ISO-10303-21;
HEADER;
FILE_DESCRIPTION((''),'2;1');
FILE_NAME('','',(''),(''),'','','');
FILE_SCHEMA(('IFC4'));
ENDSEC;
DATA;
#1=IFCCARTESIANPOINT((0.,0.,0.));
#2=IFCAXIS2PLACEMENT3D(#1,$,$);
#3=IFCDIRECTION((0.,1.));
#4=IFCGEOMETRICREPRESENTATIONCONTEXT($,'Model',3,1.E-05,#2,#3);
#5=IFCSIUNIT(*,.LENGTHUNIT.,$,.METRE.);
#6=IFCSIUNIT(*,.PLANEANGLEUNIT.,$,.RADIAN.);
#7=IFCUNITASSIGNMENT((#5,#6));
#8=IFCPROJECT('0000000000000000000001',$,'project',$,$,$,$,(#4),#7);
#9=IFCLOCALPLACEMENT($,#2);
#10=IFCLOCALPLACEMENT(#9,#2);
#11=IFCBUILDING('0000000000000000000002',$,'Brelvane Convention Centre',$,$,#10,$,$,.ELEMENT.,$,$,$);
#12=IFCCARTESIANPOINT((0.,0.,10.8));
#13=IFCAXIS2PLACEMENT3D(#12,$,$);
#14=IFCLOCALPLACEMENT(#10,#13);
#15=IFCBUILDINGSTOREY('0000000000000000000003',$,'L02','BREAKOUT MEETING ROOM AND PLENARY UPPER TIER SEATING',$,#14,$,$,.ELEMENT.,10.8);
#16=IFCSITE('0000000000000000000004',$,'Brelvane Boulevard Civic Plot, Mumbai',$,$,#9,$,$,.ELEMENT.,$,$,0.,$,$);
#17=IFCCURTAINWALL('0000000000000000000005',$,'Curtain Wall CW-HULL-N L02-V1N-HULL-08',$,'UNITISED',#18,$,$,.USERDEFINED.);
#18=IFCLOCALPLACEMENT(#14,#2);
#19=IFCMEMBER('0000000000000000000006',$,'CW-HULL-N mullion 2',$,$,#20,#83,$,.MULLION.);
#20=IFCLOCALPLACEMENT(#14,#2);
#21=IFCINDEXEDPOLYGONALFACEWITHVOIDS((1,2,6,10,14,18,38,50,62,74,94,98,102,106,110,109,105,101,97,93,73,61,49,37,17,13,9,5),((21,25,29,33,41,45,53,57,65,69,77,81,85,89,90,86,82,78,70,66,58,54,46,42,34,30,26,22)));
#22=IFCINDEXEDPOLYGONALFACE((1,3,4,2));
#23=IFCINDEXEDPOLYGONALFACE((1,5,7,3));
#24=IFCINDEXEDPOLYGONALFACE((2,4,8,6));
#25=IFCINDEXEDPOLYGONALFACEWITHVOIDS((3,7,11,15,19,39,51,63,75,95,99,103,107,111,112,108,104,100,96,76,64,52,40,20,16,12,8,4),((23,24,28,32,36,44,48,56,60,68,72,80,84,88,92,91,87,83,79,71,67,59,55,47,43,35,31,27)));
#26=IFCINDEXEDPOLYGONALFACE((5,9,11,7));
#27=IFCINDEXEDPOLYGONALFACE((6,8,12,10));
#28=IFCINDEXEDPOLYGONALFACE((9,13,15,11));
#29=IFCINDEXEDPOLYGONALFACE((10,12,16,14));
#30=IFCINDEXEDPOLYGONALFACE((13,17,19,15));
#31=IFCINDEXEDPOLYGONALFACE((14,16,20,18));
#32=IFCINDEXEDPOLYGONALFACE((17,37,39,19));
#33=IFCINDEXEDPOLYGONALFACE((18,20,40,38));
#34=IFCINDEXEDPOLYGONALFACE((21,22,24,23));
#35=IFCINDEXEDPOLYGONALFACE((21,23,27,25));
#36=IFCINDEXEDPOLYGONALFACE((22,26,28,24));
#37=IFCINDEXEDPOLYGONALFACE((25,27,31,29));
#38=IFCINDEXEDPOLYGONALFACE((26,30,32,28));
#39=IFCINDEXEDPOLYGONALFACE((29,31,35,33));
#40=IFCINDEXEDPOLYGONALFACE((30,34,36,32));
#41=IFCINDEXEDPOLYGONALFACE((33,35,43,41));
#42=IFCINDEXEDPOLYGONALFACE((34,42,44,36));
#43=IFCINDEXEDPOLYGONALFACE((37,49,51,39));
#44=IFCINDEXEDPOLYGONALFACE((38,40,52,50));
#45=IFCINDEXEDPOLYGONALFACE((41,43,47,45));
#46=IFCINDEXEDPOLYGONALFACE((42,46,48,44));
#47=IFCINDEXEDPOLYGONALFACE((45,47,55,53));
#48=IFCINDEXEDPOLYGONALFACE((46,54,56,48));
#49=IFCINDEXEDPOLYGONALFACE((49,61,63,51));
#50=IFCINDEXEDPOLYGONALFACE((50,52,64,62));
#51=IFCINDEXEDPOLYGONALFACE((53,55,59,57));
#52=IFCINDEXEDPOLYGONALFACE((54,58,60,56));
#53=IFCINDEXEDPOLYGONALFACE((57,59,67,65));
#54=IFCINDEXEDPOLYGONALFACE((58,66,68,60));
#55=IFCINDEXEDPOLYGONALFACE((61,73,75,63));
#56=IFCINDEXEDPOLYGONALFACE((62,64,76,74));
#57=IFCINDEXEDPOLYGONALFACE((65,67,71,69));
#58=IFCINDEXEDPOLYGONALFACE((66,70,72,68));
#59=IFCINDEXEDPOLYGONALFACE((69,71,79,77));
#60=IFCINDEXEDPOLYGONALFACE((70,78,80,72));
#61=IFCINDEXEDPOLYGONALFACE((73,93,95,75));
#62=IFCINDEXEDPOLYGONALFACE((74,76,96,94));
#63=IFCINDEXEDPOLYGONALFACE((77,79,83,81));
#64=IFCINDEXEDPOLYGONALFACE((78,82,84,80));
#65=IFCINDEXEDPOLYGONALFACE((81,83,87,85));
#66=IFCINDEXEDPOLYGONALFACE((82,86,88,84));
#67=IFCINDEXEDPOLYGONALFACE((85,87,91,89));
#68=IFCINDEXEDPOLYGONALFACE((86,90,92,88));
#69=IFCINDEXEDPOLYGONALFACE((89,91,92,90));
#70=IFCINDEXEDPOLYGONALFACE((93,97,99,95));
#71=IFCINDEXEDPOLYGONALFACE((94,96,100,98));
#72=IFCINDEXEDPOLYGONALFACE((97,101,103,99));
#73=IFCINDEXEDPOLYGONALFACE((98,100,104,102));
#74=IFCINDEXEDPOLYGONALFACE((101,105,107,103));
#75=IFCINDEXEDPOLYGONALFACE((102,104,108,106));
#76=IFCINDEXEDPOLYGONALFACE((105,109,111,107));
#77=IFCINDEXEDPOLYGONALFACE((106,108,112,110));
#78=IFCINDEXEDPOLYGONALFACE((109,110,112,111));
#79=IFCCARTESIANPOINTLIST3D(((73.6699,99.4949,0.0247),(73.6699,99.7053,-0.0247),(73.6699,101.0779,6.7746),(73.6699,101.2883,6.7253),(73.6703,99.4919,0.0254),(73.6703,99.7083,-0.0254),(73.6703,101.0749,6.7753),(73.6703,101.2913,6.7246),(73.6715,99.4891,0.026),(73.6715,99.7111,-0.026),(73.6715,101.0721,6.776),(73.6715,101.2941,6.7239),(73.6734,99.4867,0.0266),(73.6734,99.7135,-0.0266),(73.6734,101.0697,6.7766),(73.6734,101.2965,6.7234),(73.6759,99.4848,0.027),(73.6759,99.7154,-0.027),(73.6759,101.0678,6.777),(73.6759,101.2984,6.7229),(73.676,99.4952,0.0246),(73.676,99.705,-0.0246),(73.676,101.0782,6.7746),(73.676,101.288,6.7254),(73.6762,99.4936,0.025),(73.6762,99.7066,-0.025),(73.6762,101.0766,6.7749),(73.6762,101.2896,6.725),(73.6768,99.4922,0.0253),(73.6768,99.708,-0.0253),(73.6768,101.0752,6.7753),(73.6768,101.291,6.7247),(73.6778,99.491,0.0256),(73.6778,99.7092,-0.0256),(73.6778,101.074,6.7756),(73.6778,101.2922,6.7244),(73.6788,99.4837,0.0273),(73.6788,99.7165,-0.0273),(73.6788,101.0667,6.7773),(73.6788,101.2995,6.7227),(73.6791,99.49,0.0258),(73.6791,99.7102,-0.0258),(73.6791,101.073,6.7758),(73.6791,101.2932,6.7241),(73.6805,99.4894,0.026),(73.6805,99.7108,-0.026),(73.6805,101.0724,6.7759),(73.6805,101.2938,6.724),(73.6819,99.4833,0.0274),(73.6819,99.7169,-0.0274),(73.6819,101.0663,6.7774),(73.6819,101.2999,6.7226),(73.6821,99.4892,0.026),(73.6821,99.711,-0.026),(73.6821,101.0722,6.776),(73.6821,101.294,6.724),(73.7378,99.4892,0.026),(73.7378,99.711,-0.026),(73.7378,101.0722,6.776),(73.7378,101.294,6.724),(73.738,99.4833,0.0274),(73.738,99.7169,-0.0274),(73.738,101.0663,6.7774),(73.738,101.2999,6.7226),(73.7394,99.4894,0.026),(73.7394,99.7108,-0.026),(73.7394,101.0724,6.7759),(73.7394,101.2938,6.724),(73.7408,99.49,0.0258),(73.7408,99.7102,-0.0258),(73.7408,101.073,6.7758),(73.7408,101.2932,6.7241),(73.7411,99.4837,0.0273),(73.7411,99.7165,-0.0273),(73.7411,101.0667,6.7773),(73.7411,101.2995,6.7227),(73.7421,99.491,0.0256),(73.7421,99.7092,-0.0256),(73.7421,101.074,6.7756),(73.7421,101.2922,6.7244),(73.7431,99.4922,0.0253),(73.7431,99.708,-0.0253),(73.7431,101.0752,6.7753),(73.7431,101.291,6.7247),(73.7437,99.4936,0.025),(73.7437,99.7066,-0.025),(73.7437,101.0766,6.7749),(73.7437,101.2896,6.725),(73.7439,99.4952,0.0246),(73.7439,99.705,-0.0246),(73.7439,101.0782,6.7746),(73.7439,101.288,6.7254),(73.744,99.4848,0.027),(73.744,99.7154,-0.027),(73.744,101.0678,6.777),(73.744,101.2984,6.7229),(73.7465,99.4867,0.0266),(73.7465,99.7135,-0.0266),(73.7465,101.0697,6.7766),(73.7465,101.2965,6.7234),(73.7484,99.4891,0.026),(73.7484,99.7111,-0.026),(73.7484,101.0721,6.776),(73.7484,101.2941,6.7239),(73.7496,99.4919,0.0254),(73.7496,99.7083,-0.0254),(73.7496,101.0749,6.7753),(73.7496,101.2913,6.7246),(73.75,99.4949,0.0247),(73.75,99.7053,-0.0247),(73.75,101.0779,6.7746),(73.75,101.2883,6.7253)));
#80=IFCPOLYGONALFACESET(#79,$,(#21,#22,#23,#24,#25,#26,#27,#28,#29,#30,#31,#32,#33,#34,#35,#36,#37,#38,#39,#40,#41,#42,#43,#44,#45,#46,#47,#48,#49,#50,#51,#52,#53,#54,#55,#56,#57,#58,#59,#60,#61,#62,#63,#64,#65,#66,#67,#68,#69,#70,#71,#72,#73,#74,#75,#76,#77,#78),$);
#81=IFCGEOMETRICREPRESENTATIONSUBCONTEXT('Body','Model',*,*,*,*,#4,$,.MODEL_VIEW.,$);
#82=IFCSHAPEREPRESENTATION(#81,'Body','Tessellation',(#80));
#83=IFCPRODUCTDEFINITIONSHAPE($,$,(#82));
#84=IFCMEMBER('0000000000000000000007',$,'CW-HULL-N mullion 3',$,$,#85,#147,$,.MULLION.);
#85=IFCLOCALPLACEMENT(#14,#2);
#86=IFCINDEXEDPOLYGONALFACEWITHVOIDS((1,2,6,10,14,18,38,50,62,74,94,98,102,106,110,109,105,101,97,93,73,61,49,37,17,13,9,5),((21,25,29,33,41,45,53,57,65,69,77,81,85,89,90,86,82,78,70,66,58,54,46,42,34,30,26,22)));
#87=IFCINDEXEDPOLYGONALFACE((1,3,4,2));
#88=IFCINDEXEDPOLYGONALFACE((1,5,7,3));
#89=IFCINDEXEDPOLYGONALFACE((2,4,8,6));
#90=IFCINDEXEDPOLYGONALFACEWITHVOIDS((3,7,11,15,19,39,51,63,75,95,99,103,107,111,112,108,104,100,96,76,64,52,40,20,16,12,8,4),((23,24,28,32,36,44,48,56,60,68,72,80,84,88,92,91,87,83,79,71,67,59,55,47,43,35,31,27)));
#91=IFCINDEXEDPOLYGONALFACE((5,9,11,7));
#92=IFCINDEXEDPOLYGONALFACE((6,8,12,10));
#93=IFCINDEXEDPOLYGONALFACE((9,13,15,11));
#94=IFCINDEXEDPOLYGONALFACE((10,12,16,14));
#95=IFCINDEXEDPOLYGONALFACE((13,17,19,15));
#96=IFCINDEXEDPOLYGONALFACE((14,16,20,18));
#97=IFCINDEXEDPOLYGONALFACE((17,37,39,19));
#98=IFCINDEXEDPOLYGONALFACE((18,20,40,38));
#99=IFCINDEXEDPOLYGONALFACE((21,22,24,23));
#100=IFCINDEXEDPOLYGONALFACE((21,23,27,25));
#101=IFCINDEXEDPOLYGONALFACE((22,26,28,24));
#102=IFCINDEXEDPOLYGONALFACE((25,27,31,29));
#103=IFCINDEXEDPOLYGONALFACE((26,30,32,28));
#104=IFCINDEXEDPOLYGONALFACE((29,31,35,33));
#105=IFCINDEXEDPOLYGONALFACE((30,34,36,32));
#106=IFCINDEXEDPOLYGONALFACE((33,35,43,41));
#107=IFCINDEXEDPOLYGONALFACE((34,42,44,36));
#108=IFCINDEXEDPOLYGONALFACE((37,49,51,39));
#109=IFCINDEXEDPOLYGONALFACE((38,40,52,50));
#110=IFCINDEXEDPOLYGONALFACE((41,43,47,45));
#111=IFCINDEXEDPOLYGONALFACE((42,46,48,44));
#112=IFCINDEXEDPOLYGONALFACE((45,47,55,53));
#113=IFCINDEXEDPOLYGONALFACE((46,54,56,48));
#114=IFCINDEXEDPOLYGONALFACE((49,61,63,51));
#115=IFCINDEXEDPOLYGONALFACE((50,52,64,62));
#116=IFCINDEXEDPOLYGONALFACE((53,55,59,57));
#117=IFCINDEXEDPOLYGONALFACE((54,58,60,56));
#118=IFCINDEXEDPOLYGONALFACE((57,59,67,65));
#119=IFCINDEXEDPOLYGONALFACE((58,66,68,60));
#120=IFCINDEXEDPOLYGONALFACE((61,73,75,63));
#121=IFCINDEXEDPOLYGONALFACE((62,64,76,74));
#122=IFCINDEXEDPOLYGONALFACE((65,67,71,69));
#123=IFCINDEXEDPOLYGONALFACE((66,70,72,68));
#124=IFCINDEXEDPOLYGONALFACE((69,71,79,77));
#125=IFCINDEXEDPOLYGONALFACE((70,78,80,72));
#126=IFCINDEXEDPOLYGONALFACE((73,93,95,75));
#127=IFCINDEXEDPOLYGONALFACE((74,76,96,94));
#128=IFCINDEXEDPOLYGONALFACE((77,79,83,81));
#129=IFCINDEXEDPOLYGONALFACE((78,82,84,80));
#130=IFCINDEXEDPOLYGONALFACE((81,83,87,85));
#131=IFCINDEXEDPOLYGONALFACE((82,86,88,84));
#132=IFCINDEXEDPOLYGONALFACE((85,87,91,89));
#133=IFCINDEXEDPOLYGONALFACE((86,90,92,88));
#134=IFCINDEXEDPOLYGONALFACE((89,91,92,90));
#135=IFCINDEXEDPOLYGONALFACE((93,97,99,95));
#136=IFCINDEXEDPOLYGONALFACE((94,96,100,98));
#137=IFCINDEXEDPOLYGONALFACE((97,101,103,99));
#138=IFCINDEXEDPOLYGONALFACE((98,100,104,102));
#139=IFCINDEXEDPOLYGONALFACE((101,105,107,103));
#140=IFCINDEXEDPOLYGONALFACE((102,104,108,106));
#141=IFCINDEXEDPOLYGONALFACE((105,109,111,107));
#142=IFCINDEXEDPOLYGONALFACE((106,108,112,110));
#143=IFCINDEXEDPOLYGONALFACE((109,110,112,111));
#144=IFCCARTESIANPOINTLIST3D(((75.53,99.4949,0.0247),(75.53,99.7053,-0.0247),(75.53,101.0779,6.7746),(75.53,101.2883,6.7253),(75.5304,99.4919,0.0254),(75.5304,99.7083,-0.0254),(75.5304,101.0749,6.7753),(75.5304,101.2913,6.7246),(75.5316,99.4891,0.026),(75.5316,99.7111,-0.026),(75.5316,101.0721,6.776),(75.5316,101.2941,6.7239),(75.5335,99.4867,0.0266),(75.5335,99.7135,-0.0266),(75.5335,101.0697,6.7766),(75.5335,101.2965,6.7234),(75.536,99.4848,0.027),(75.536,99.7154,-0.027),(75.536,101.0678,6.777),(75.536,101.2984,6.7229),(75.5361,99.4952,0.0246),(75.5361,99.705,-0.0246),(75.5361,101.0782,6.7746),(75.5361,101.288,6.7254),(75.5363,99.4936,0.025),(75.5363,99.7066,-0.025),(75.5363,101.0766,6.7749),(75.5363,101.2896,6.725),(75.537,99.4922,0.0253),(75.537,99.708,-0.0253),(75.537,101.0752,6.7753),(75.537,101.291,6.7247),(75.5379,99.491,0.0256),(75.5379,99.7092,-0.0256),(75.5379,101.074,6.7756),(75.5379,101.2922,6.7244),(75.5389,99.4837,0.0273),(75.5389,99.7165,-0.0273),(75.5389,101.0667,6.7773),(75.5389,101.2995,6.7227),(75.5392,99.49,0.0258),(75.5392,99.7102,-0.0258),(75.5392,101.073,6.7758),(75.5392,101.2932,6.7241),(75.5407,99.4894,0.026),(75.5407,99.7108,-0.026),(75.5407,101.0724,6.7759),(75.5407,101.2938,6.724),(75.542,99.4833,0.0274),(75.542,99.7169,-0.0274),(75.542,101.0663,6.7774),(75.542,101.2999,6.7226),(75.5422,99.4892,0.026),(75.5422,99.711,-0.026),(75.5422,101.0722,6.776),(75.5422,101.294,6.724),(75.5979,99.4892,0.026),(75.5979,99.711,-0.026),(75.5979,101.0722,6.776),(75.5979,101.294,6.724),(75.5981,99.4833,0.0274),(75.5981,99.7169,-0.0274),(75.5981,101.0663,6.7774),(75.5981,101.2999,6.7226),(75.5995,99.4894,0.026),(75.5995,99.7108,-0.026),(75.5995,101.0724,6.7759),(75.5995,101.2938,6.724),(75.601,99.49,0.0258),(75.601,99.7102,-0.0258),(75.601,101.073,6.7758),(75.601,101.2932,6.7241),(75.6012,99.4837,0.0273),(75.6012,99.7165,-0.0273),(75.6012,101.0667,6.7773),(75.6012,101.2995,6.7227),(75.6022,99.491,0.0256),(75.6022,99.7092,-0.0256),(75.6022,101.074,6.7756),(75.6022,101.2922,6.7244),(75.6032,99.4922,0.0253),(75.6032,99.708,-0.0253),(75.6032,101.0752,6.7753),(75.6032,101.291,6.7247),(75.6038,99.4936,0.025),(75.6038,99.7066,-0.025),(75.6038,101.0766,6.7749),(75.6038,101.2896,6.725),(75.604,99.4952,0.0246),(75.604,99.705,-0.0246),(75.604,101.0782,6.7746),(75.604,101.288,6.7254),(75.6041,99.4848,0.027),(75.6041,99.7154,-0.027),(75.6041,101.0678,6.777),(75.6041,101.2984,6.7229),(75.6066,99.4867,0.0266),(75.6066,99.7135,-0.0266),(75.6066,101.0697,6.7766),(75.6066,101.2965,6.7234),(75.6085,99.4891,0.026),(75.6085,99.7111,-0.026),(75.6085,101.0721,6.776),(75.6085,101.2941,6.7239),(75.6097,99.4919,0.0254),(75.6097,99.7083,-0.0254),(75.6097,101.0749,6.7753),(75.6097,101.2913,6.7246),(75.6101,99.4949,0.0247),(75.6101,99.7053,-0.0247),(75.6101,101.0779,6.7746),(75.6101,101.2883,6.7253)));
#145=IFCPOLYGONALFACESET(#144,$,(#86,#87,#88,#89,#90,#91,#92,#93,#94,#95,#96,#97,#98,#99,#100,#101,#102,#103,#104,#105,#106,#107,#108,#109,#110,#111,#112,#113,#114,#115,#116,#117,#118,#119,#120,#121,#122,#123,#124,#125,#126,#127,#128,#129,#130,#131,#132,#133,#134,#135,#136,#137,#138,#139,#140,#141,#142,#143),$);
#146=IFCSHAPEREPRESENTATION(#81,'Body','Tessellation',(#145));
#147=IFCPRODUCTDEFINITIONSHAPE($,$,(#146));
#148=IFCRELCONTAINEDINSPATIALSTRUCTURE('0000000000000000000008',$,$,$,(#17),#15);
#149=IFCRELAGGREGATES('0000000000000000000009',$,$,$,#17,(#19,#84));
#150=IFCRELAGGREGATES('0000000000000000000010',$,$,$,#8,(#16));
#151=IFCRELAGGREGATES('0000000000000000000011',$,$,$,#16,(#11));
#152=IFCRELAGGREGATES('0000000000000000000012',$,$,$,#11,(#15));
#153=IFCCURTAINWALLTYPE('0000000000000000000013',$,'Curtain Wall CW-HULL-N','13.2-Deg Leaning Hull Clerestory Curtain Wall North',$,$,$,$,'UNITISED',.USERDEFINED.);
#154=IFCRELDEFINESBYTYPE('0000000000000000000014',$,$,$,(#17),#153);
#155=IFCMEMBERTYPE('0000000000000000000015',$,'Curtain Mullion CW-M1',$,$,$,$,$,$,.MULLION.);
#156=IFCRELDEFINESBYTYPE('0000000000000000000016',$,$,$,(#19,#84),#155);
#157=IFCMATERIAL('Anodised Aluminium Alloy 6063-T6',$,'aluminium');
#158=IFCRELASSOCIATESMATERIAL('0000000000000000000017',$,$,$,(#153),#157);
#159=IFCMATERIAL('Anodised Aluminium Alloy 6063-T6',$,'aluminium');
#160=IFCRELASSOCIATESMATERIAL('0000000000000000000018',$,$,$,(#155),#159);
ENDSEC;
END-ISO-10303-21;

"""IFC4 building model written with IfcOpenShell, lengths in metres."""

from ifc_helpers import new_model, si_unit, direction, frame, origin, origin_2d, place, context, subcontext, project, spatial, hollow_rectangle, extrude, material, material_profile, profile_set, type_object, element, aggregate, save


model = new_model("IFC4")

# Units and contexts
model_context = context("Model", 3, precision=1e-05, world=origin(), true_north=direction((0.0, 1.0)))
body_context = subcontext(model_context, "Body", "Model", "MODEL_VIEW")
ifc_project = project(units=[si_unit("LENGTHUNIT", "METRE"), si_unit("PLANEANGLEUNIT", "RADIAN")], contexts=[model_context])

# Site, building, storey
site_placement = place(None, origin())
site = spatial("IfcSite", under=ifc_project, at=site_placement, Name="Brelvane Boulevard Civic Plot, Mumbai", CompositionType="ELEMENT", RefElevation=0.0)
building_placement = place(site_placement, origin())
building = spatial("IfcBuilding", under=site, at=building_placement, Name="Brelvane Convention Centre", CompositionType="ELEMENT")
storey_placement = place(building_placement, frame((0.0, 0.0, 10.8)))
storey = spatial("IfcBuildingStorey", under=building, at=storey_placement, Name="L02", Description="BREAKOUT MEETING ROOM AND PLENARY UPPER TIER SEATING", CompositionType="ELEMENT", Elevation=10.8)

# Shared definitions
ifc_material_1 = material(Name="Anodised Aluminium Alloy 6063-T6", Category="aluminium")
curtain_wall_type = type_object("IfcCurtainWallType", Name="Curtain Wall CW-HULL-N", Description="13.2-Deg Leaning Hull Clerestory Curtain Wall North", ElementType="UNITISED", PredefinedType="USERDEFINED", material=ifc_material_1)
ifc_material_2 = material(Name="Anodised Aluminium Alloy 6063-T6", Category="aluminium")
ifc_material_profile_1 = material_profile(ifc_material_2, hollow_rectangle(XDim=0.0801, YDim=0.24, WallThickness=0.0061, InnerFilletRadius=0.0061, OuterFilletRadius=0.012, at=origin_2d()), Name="ALU-M 240x80x6.0")
ifc_profile_set_1 = profile_set([ifc_material_profile_1], Name="Anodised Aluminium Alloy 6063-T6")
member_type_1 = type_object("IfcMemberType", Name="Curtain Mullion CW-M1", PredefinedType="MULLION", material=ifc_profile_set_1)

# Curtain wall, members
curtain_wall_1_placement = place(storey_placement, origin())
curtain_wall_1 = element("IfcCurtainWall", 1, at=curtain_wall_1_placement, inside=storey, type_object=curtain_wall_type, Name="Curtain Wall CW-HULL-N L02-V1N-HULL-08", ObjectType="UNITISED", PredefinedType="USERDEFINED")
member_1_placement = place(storey_placement, frame((73.71, 99.6001, 0.0), z_axis=(0.0, 0.228325, 0.973585), x_axis=(-1.0, 0.0, 0.0)))
member_1 = element("IfcMember", 2, at=member_1_placement, type_object=member_type_1, Name="CW-HULL-N mullion 2", PredefinedType="MULLION", context=body_context, shape_type="SweptSolid", body=[
    extrude(hollow_rectangle(XDim=0.0801, YDim=0.24, WallThickness=0.0061, InnerFilletRadius=0.0061, OuterFilletRadius=0.012, at=origin_2d()), origin(), (0.0, 0.0, 1.0), 6.9331),
])
member_2_placement = place(storey_placement, frame((75.5701, 99.6001, 0.0), z_axis=(0.0, 0.228325, 0.973585), x_axis=(-1.0, 0.0, 0.0)))
member_2 = element("IfcMember", 3, at=member_2_placement, type_object=member_type_1, Name="CW-HULL-N mullion 3", PredefinedType="MULLION", context=body_context, shape_type="SweptSolid", body=[
    extrude(hollow_rectangle(XDim=0.0801, YDim=0.24, WallThickness=0.0061, InnerFilletRadius=0.0061, OuterFilletRadius=0.012, at=origin_2d()), origin(), (0.0, 0.0, 1.0), 6.9331),
])

aggregate(curtain_wall_1, [member_1, member_2])

save(model, "model.ifc")
